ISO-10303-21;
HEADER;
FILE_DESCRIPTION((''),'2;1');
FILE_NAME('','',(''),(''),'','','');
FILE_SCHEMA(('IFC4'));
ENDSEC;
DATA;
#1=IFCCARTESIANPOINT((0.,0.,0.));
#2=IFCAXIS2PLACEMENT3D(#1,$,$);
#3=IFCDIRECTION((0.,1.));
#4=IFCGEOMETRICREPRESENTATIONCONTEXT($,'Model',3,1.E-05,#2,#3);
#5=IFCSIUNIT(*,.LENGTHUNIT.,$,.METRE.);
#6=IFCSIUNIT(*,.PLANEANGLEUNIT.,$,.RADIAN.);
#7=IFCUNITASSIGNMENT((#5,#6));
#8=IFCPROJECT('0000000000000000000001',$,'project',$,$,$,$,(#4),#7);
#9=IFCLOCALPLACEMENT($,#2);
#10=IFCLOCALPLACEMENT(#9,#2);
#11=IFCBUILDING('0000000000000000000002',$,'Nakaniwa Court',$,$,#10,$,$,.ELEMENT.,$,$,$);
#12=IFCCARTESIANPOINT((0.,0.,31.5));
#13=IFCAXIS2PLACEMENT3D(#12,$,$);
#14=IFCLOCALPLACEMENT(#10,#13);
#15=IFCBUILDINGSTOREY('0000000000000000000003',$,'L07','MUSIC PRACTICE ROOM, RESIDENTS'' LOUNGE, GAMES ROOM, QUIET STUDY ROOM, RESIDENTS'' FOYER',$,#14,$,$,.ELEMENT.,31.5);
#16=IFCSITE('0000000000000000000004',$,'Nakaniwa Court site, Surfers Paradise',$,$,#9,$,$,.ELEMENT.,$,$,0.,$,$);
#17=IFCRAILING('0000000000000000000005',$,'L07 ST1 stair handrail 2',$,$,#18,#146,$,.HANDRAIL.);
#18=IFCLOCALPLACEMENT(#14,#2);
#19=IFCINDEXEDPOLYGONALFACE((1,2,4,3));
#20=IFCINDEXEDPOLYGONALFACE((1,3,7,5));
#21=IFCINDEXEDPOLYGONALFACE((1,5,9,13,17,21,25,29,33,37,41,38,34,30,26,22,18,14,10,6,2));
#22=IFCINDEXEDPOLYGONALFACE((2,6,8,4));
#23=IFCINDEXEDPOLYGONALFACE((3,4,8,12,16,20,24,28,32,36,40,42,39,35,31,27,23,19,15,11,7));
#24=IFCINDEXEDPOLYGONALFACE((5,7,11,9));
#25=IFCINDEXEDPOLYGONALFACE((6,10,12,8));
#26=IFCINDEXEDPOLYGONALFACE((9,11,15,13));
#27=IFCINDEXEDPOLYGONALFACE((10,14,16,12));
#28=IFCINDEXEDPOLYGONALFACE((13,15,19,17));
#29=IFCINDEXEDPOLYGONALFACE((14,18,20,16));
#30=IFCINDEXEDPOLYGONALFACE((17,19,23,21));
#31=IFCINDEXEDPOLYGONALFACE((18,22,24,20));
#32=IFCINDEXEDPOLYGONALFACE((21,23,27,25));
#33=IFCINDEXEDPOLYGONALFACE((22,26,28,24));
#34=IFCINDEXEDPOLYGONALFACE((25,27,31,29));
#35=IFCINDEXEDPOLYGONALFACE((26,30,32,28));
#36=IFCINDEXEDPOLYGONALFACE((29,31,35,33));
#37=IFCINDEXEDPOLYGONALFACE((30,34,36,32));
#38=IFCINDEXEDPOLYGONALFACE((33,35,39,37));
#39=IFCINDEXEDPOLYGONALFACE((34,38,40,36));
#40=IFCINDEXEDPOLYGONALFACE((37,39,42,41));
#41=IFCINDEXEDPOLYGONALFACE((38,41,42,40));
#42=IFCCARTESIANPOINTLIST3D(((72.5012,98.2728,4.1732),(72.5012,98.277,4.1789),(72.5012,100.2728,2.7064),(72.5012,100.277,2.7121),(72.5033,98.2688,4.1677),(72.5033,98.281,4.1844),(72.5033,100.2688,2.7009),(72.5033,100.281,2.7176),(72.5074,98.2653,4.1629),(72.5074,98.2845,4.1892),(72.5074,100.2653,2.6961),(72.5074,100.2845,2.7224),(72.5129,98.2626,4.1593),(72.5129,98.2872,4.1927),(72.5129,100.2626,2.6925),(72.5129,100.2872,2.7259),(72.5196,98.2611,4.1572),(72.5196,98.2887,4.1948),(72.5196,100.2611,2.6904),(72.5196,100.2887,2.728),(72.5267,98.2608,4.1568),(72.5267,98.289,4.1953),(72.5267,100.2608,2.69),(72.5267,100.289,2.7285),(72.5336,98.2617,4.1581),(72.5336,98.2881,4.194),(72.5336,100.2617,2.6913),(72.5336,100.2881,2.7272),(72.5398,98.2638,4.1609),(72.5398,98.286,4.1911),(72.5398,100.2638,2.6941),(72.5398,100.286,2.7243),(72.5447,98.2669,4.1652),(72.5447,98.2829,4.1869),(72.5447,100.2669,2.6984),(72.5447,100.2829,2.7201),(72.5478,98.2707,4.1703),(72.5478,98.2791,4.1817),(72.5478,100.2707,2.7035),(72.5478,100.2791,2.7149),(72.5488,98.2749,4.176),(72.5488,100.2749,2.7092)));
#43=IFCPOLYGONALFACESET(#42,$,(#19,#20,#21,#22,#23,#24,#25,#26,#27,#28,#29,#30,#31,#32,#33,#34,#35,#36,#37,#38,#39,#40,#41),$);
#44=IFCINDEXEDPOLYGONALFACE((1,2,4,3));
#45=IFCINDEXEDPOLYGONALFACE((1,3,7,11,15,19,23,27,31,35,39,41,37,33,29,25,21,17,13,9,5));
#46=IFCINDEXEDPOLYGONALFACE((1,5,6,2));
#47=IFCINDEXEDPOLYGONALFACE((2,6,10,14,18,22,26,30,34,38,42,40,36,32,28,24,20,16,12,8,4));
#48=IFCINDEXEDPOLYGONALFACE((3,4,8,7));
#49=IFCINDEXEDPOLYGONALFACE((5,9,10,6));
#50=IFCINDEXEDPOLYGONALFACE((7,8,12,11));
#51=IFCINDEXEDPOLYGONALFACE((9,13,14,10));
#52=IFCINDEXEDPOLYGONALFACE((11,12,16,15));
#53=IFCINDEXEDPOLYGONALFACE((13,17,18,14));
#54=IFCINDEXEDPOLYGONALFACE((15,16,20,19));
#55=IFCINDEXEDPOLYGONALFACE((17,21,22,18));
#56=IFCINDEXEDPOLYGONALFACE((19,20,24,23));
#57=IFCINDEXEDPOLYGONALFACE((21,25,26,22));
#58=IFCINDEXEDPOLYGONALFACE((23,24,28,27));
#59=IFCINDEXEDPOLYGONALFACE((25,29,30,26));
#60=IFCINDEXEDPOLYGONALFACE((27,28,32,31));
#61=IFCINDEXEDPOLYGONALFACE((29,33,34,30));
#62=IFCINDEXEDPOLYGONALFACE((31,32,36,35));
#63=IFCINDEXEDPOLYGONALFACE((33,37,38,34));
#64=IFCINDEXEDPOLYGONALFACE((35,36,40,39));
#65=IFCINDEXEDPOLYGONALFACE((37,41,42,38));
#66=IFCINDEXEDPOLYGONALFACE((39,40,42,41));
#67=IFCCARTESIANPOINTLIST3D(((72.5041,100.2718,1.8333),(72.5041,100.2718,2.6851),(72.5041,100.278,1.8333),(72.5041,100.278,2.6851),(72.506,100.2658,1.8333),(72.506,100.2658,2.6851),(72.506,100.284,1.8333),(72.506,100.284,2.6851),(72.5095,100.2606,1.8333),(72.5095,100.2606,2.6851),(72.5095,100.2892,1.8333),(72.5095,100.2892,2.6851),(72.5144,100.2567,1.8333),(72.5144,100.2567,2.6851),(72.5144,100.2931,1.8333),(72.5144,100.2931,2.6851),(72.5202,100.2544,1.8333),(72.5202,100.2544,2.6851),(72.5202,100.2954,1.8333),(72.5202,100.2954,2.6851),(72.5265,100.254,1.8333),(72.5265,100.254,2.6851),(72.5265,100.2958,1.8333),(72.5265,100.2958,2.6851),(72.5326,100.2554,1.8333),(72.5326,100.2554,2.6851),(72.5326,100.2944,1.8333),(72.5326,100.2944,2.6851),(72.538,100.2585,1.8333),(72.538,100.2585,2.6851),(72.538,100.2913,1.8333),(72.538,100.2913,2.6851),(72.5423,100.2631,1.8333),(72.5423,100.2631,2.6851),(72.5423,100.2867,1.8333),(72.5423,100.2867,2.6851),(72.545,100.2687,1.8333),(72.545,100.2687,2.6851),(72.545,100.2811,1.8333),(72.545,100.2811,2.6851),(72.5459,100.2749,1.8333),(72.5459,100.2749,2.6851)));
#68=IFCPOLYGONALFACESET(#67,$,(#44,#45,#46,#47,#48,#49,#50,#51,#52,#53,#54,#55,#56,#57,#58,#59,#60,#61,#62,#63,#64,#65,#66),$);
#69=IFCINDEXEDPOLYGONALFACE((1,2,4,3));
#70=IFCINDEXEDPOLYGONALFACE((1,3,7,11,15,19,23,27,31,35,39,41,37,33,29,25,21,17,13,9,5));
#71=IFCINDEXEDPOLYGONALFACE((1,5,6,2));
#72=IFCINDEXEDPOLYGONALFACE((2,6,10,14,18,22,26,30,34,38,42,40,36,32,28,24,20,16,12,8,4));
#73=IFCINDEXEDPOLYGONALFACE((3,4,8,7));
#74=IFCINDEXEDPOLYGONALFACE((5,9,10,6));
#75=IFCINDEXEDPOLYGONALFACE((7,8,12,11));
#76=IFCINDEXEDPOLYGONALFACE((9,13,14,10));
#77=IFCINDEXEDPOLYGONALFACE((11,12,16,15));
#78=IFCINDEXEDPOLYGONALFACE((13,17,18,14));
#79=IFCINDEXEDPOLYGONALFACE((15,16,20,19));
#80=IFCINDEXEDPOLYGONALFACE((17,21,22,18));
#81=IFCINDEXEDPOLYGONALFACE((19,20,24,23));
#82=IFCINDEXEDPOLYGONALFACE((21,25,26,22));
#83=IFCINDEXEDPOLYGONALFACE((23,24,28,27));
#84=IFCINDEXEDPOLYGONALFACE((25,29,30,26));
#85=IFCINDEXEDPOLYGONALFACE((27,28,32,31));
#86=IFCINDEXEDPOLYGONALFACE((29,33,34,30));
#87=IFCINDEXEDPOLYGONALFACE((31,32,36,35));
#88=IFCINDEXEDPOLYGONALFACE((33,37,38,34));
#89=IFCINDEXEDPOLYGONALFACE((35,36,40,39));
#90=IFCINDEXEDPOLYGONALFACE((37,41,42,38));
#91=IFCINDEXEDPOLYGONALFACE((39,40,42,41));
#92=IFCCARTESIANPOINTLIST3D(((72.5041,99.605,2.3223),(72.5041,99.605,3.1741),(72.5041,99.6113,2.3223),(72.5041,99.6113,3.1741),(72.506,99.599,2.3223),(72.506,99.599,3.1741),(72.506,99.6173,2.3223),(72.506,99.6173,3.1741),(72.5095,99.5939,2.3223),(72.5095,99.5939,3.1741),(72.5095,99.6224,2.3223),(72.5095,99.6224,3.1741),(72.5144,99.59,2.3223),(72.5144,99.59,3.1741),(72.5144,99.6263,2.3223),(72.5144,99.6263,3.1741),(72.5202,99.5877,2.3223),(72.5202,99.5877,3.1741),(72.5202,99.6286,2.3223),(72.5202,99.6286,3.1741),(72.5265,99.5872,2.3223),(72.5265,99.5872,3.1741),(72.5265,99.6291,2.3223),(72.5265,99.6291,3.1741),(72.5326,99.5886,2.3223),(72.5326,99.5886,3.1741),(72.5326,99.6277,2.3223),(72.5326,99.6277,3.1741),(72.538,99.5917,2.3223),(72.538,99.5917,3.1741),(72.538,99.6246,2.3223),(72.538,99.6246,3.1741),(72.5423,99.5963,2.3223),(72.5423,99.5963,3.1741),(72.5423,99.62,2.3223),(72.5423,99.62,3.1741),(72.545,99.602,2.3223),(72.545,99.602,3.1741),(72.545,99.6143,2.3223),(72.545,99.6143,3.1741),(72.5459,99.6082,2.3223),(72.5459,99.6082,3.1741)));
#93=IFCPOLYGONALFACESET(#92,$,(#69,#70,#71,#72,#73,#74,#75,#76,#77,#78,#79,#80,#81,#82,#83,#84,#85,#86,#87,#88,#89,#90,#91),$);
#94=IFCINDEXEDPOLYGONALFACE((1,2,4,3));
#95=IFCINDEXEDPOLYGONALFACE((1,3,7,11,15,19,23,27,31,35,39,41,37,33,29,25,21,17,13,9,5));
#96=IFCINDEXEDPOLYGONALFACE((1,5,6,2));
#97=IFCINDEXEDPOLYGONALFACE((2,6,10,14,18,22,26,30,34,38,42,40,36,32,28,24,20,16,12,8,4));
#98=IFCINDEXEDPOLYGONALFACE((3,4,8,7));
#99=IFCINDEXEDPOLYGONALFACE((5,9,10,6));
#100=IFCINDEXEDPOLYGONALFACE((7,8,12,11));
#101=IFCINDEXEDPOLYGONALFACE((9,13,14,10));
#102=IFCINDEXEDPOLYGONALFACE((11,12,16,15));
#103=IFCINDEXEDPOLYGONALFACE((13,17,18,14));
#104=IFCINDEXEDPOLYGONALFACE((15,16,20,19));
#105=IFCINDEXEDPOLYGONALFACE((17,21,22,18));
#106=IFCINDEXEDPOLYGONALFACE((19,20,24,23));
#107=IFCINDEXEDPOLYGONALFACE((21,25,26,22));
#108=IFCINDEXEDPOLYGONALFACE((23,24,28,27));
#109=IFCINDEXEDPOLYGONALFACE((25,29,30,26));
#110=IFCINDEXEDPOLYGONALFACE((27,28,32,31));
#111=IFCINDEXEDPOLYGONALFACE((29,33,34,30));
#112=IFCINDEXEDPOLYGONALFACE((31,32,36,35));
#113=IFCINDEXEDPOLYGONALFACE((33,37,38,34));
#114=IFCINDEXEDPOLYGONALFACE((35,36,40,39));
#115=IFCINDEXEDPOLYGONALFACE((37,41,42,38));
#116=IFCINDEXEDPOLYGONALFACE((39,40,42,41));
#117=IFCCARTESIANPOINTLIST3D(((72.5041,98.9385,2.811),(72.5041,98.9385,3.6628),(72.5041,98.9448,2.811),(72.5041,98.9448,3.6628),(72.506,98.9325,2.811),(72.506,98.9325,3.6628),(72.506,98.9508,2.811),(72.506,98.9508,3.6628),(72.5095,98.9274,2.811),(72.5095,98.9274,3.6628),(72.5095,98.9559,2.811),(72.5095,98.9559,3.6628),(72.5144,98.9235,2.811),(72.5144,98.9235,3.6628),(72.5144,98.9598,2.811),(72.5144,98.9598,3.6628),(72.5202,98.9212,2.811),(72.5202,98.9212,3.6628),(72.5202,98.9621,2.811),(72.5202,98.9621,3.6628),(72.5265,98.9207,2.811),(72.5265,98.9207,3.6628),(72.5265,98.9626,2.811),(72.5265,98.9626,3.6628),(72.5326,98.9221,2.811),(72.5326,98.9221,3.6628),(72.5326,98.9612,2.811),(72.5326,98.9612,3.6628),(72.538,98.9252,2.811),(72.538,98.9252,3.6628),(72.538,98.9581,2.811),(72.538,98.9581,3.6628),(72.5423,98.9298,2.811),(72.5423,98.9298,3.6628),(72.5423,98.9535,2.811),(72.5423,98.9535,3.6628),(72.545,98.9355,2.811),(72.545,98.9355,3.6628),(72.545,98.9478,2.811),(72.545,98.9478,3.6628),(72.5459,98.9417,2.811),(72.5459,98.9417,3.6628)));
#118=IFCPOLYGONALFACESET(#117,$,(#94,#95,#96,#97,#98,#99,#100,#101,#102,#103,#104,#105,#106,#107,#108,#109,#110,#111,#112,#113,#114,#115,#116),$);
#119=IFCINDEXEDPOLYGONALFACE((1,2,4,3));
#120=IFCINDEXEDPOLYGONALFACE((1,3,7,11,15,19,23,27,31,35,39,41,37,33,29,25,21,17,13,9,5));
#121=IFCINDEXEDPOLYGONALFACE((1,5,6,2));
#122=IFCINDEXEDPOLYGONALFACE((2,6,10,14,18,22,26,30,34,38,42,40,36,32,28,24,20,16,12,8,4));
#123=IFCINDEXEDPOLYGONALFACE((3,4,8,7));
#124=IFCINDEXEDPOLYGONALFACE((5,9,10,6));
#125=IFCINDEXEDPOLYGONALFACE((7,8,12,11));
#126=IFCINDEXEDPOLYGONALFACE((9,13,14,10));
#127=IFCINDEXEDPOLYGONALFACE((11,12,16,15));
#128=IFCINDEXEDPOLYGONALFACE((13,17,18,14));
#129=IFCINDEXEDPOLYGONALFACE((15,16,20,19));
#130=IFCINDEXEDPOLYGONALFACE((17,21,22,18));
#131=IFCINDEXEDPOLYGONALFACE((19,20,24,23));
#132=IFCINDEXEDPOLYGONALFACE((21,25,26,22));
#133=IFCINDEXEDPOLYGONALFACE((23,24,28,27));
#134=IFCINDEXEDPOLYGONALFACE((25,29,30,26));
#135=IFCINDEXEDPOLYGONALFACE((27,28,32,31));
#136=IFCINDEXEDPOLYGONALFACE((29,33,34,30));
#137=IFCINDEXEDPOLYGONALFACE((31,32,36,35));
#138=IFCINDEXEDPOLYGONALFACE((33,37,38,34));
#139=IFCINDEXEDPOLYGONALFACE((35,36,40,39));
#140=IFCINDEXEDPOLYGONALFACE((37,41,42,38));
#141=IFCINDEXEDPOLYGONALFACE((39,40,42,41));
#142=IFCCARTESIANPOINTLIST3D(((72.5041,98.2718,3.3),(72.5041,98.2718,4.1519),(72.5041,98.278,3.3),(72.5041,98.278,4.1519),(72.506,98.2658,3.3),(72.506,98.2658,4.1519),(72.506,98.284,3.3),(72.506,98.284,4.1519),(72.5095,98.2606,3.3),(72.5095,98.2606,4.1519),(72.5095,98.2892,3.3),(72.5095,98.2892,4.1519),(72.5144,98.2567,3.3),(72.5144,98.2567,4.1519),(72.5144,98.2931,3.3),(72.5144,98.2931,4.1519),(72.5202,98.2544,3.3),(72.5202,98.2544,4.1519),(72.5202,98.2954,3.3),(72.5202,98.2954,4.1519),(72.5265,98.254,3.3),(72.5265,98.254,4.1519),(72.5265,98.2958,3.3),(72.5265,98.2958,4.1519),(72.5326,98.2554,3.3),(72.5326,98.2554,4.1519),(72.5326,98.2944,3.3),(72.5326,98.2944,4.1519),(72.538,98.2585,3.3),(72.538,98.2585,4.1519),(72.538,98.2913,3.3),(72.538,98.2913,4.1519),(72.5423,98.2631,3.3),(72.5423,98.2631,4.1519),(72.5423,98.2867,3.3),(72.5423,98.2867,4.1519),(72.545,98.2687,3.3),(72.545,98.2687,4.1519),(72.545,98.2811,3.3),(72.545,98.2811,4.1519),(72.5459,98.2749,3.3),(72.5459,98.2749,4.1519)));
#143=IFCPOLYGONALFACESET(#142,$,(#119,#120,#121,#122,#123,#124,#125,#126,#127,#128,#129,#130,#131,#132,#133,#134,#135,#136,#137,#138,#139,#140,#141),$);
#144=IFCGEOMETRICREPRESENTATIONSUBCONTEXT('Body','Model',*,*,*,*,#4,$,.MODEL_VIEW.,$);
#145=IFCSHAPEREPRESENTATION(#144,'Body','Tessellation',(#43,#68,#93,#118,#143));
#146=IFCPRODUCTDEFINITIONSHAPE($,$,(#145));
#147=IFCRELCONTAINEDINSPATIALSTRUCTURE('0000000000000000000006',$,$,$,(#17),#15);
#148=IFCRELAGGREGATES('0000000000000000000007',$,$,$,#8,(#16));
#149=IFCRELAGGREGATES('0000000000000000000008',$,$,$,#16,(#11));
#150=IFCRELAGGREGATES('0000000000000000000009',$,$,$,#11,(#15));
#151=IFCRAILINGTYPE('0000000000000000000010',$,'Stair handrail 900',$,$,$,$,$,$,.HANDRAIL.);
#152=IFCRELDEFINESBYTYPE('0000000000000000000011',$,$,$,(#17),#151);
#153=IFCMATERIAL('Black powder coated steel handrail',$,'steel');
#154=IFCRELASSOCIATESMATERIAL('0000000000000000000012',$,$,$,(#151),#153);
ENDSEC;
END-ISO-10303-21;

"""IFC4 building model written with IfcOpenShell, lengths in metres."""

from ifc_helpers import new_model, si_unit, direction, frame, origin, origin_2d, place, context, subcontext, project, spatial, circle, extrude, material, type_object, element, save


model = new_model("IFC4")

# Units and contexts
model_context = context("Model", 3, precision=1e-05, world=origin(), true_north=direction((0.0, 1.0)))
body_context = subcontext(model_context, "Body", "Model", "MODEL_VIEW")
ifc_project = project(units=[si_unit("LENGTHUNIT", "METRE"), si_unit("PLANEANGLEUNIT", "RADIAN")], contexts=[model_context])

# Site, building, storey
site_placement = place(None, origin())
site = spatial("IfcSite", under=ifc_project, at=site_placement, Name="Nakaniwa Court site, Surfers Paradise", CompositionType="ELEMENT", RefElevation=0.0)
building_placement = place(site_placement, origin())
building = spatial("IfcBuilding", under=site, at=building_placement, Name="Nakaniwa Court", CompositionType="ELEMENT")
storey_placement = place(building_placement, frame((0.0, 0.0, 31.5)))
storey = spatial("IfcBuildingStorey", under=building, at=storey_placement, Name="L07", Description="MUSIC PRACTICE ROOM, RESIDENTS' LOUNGE, GAMES ROOM, QUIET STUDY ROOM, RESIDENTS' FOYER", CompositionType="ELEMENT", Elevation=31.5)

# Railing
ifc_material_1 = material(Name="Black powder coated steel handrail", Category="steel")
railing_type_1 = type_object("IfcRailingType", Name="Stair handrail 900", PredefinedType="HANDRAIL", material=ifc_material_1)
railing_1_placement = place(storey_placement, frame((72.5249, 100.2749, 1.8333)))
element("IfcRailing", 1, at=railing_1_placement, inside=storey, type_object=railing_type_1, Name="L07 ST1 stair handrail 2", PredefinedType="HANDRAIL", context=body_context, shape_type="SweptSolid", body=[
    extrude(circle(Radius=0.0239, at=origin_2d()), frame((0.0, 0.0, 0.876), z_axis=(0.0, -0.80638, 0.591398), x_axis=(1.0, 0.0, 0.0)), (0.0, 0.0, 1.0), 2.4802),
    extrude(circle(Radius=0.021, at=origin_2d()), origin(), (0.0, 0.0, 1.0), 0.8518),
    extrude(circle(Radius=0.021, at=origin_2d()), frame((0.0, -0.6667, 0.489)), (0.0, 0.0, 1.0), 0.8518),
    extrude(circle(Radius=0.021, at=origin_2d()), frame((0.0, -1.3333, 0.9778)), (0.0, 0.0, 1.0), 0.8518),
    extrude(circle(Radius=0.021, at=origin_2d()), frame((0.0, -2.0, 1.4668)), (0.0, 0.0, 1.0), 0.8518),
])

save(model, "model.ifc")
